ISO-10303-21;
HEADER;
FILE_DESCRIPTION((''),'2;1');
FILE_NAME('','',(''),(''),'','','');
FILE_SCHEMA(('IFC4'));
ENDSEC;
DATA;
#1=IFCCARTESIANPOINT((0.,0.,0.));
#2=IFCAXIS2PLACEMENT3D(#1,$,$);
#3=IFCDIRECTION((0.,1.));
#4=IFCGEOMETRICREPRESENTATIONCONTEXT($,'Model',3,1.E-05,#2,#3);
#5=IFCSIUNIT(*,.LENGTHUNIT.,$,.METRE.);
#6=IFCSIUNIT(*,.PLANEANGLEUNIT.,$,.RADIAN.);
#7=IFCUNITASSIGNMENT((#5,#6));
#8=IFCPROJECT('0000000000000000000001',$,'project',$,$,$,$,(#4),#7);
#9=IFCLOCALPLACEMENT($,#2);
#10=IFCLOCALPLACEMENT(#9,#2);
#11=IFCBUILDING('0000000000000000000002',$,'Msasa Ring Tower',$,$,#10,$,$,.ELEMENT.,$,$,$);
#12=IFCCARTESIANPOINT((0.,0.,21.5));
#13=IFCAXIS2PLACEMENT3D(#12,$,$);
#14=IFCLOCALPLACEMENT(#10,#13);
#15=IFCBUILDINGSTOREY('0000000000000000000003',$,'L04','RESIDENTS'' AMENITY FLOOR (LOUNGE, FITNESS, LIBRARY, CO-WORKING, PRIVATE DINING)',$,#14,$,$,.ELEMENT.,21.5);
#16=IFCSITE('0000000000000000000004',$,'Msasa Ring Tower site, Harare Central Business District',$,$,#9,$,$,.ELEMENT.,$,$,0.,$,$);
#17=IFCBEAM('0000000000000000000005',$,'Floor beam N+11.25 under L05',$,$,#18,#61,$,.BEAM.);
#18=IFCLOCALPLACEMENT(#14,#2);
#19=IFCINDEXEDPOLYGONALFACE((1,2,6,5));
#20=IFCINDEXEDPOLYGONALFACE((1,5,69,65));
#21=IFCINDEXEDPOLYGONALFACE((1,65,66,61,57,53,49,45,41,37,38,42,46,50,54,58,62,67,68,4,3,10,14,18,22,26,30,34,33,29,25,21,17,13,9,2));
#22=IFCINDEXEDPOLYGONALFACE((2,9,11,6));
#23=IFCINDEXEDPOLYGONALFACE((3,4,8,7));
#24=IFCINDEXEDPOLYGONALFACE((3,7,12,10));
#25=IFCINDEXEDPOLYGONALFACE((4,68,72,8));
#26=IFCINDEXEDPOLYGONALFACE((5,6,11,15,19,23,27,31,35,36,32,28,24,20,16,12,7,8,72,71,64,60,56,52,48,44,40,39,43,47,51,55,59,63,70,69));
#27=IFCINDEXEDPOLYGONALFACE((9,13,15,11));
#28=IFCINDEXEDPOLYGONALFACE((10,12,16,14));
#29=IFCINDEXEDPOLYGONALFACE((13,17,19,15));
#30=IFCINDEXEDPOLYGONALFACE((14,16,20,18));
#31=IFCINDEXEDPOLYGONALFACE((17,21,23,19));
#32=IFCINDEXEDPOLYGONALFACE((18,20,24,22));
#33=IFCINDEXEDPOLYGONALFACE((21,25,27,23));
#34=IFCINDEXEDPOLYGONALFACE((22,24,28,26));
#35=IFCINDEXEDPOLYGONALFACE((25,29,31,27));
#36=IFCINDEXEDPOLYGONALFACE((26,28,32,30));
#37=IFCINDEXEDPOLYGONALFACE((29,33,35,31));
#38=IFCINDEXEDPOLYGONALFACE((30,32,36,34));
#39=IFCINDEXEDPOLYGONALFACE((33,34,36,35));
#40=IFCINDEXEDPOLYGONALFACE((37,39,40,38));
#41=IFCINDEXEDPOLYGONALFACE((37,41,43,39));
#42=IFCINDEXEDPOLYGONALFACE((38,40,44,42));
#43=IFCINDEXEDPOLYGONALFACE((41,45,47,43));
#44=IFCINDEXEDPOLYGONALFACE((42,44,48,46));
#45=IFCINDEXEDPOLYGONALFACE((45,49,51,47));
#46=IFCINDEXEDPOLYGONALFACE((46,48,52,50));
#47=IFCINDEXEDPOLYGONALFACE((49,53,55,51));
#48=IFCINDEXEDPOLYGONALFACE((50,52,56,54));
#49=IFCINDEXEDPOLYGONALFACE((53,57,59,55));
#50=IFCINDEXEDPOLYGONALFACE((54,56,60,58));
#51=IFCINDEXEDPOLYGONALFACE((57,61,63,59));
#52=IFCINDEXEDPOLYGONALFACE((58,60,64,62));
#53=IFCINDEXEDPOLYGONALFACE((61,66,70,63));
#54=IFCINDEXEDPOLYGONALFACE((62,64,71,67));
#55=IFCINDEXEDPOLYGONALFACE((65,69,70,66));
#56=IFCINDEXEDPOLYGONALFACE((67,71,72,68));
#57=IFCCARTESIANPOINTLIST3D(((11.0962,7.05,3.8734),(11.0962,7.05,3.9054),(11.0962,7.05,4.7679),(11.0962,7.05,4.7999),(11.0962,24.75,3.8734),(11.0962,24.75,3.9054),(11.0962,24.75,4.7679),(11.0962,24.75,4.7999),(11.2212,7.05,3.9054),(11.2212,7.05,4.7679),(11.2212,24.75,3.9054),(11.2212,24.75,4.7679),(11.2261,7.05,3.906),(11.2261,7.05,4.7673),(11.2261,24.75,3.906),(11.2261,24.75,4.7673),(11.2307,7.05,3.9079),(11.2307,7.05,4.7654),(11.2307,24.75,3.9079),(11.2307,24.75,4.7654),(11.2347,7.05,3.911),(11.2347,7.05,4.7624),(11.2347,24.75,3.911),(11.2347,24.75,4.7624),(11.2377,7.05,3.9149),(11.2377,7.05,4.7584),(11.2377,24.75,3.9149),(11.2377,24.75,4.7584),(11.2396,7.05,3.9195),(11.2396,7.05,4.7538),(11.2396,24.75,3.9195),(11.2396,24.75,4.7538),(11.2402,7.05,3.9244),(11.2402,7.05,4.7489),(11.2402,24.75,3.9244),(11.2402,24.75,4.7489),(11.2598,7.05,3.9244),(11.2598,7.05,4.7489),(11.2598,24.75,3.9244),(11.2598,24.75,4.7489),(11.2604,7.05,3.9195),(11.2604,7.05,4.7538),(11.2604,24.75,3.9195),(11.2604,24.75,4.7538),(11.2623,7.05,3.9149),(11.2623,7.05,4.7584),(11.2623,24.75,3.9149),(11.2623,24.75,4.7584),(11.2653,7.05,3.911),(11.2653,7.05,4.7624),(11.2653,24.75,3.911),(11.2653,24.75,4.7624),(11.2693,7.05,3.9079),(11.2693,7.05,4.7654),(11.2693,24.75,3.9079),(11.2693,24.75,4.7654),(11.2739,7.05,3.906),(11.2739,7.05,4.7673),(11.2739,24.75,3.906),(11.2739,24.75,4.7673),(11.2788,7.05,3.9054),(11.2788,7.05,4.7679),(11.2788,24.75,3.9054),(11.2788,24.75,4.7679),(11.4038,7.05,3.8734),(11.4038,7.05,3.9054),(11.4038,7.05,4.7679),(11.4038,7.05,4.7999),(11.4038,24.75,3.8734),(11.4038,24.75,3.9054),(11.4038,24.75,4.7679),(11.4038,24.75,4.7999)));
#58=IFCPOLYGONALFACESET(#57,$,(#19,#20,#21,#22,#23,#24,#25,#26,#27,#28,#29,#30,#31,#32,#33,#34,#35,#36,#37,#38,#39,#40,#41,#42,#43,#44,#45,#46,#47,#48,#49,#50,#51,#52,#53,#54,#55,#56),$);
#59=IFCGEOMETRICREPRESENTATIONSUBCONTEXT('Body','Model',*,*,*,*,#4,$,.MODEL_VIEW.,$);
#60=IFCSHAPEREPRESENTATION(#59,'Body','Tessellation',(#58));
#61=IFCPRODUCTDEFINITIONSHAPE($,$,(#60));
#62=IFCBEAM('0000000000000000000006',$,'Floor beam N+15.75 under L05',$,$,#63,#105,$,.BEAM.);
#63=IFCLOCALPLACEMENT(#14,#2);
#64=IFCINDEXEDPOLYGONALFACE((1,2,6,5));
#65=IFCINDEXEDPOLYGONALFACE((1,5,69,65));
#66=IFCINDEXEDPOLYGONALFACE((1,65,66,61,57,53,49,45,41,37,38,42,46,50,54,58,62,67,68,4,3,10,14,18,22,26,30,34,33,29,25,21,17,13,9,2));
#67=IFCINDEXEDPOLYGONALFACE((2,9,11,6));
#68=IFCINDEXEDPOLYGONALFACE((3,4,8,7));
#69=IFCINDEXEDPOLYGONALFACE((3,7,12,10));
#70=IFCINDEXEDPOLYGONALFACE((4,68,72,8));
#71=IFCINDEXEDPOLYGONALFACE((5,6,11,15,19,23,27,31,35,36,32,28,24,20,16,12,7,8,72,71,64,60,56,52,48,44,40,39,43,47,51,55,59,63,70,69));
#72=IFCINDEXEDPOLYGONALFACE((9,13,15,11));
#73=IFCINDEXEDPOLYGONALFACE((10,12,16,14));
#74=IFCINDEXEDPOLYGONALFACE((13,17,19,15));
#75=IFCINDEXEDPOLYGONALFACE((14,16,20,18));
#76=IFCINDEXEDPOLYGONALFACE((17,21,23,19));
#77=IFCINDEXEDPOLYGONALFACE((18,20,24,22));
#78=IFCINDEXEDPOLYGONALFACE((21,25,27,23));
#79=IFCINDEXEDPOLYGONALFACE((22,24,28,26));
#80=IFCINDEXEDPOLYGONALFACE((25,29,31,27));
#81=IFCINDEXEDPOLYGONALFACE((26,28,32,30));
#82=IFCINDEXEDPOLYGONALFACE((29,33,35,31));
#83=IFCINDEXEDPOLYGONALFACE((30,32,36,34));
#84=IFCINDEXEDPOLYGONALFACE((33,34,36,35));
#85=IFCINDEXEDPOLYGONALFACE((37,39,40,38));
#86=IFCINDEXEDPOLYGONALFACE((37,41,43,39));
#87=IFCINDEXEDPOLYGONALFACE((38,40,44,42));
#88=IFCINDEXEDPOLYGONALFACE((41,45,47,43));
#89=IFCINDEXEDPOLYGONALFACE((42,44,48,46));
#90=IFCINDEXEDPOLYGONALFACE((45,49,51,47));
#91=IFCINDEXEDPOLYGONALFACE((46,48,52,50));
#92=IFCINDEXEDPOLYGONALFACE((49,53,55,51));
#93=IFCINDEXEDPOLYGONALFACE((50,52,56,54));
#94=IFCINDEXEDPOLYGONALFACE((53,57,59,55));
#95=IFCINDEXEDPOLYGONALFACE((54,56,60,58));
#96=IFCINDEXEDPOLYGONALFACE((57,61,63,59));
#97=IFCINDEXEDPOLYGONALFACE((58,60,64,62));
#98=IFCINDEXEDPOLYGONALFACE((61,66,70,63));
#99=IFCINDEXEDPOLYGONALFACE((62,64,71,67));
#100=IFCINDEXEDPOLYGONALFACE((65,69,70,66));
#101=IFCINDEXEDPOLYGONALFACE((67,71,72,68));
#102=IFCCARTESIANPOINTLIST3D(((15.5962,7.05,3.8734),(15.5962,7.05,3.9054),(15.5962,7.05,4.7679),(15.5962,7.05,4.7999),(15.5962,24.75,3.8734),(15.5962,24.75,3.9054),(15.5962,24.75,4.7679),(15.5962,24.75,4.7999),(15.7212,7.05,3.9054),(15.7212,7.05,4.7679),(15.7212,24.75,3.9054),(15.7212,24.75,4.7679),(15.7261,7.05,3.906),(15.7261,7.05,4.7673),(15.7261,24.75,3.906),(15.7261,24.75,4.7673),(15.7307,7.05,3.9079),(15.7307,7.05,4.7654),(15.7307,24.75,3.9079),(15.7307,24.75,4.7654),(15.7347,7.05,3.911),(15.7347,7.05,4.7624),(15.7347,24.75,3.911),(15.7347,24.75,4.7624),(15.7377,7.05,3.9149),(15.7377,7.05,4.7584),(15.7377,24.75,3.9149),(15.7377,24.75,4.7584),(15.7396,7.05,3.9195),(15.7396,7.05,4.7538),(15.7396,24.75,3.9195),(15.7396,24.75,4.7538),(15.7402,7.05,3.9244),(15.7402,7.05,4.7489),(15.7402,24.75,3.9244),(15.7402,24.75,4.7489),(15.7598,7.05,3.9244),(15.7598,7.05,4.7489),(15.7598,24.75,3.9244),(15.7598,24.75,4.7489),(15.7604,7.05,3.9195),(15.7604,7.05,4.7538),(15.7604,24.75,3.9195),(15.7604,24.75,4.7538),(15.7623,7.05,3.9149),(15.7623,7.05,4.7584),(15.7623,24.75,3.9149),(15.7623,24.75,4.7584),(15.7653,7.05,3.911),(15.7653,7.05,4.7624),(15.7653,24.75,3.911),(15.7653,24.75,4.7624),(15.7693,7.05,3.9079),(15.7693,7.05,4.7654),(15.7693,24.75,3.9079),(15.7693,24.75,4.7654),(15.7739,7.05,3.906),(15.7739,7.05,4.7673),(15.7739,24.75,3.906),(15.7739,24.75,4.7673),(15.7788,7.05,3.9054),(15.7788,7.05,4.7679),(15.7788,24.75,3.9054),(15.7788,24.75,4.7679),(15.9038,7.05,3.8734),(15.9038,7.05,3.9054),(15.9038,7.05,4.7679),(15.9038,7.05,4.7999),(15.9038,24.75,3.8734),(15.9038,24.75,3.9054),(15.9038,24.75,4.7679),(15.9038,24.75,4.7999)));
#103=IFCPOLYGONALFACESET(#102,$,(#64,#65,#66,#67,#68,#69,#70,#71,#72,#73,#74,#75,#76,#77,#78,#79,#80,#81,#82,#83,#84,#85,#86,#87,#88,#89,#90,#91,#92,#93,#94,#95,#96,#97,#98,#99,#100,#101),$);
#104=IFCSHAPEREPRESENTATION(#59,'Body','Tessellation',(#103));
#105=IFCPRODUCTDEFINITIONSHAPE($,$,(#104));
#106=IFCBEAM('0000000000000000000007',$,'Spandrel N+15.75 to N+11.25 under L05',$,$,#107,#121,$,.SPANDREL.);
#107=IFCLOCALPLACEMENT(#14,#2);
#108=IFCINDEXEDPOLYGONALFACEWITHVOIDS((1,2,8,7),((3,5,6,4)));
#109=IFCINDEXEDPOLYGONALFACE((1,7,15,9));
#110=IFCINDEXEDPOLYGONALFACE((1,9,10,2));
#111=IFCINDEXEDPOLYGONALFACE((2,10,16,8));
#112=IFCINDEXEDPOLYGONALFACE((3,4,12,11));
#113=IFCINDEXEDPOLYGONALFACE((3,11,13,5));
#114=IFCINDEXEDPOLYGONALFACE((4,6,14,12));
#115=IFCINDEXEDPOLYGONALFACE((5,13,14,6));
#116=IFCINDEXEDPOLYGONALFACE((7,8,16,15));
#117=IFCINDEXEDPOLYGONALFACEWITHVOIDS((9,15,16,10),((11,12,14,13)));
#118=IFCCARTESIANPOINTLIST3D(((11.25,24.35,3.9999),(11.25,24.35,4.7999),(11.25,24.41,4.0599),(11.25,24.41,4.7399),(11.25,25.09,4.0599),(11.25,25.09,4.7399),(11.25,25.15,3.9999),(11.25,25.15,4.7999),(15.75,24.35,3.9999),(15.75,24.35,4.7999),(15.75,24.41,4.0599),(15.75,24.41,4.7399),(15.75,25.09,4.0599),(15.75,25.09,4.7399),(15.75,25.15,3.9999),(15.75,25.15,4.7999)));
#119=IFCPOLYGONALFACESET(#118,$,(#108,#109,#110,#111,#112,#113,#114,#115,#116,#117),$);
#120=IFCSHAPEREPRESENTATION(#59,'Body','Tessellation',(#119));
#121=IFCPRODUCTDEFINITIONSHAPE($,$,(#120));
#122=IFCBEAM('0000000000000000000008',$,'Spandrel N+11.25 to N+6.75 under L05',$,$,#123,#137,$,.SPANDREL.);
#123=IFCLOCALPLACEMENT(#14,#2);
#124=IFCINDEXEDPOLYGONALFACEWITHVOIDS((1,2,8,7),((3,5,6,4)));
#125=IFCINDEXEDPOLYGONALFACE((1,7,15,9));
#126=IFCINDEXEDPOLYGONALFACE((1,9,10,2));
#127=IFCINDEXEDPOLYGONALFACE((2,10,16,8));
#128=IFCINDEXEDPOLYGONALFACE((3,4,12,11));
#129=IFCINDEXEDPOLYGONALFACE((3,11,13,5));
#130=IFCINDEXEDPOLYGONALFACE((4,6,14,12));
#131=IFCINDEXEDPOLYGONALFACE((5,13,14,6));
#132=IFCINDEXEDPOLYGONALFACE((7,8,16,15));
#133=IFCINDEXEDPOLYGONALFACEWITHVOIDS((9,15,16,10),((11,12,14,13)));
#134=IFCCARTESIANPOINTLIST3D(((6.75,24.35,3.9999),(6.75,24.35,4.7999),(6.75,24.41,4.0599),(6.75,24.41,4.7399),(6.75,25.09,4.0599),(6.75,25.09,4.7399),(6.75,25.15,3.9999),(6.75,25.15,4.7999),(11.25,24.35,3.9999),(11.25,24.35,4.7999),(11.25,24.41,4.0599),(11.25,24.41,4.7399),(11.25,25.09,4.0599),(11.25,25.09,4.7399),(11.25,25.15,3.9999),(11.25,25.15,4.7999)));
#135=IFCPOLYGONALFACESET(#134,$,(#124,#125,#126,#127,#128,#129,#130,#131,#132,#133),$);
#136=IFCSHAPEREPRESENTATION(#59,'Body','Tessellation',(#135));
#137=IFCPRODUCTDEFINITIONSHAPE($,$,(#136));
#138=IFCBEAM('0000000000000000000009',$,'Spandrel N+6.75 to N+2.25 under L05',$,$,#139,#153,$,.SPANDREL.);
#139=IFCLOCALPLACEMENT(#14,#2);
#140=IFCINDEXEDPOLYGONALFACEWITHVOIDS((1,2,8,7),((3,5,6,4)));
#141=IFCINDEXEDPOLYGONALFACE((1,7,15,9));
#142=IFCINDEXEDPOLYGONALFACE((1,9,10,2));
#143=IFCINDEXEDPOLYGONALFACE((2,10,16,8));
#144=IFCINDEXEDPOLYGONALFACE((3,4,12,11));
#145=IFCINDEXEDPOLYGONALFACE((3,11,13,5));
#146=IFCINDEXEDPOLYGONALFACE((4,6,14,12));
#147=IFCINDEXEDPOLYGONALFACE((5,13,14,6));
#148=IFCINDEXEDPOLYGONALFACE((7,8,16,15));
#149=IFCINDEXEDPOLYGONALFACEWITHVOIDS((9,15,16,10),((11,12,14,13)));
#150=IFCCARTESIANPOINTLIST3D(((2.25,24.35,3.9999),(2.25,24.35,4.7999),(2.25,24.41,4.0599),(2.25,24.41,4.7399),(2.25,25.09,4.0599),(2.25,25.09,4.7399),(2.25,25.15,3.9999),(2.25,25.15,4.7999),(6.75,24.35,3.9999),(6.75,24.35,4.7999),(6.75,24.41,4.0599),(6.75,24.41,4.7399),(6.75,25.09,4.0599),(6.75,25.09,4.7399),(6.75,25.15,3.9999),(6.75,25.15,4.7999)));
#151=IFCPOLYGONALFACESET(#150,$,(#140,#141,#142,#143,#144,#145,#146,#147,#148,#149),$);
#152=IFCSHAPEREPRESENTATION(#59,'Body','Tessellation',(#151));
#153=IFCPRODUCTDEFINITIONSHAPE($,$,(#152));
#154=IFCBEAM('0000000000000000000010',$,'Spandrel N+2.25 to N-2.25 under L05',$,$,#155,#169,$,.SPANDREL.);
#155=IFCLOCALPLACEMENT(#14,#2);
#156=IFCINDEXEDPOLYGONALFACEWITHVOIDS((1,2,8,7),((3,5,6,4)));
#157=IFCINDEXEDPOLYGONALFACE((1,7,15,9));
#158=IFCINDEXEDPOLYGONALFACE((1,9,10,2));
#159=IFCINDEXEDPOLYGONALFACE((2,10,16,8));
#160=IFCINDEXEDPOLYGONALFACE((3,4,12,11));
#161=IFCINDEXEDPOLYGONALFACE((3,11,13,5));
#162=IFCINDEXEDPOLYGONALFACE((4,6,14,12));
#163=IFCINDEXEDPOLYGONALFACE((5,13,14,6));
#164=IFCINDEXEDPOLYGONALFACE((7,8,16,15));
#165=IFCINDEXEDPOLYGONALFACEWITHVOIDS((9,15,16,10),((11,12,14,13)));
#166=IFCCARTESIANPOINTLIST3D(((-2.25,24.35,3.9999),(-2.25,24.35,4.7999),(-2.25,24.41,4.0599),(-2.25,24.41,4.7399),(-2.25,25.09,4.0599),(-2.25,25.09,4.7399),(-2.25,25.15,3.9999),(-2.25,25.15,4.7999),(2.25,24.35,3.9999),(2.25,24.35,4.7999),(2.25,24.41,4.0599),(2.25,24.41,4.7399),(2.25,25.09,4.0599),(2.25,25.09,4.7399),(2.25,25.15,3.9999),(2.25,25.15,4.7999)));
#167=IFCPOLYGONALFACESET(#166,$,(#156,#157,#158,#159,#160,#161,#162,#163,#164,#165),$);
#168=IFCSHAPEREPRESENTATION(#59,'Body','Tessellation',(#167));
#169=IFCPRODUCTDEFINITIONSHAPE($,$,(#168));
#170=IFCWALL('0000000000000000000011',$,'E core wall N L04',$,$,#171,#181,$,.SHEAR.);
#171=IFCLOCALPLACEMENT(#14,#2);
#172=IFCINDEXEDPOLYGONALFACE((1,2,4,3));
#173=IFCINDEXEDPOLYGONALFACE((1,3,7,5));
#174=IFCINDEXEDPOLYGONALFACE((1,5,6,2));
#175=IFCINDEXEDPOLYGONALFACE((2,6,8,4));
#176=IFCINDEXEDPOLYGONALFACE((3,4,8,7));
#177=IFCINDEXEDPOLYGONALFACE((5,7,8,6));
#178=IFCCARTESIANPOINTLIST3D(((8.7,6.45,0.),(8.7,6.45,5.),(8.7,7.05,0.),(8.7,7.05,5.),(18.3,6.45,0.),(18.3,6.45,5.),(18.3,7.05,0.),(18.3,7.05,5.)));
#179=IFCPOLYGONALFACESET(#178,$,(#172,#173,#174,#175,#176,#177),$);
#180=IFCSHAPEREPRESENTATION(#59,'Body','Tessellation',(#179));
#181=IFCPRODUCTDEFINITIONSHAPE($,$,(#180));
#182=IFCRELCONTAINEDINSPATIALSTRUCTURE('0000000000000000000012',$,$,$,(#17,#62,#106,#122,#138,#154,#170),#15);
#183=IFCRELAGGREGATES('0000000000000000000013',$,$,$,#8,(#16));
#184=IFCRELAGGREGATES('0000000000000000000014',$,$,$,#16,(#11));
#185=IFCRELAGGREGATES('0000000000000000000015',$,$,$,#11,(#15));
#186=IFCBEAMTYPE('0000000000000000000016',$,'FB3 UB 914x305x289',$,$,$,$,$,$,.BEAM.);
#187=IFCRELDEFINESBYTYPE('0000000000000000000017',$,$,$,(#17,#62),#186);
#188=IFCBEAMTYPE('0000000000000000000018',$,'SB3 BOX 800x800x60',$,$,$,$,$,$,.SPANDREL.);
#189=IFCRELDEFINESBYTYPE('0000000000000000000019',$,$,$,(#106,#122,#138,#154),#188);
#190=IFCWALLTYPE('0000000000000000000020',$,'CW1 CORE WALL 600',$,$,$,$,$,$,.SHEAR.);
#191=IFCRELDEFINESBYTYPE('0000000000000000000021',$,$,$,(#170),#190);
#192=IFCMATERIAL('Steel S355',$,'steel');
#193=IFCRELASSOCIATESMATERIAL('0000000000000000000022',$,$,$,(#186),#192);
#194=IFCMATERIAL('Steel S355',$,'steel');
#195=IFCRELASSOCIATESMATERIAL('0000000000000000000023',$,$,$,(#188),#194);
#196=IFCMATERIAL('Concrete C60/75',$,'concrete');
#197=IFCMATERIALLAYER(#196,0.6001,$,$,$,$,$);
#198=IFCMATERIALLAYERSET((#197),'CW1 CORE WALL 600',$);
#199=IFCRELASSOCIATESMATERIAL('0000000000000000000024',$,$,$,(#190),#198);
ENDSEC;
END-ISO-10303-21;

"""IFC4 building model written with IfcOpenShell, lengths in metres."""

from ifc_helpers import new_model, si_unit, direction, frame, frame_2d, origin, origin_2d, place, context, subcontext, project, spatial, rectangle, hollow_rectangle, i_section, extrude, material, layer, layer_set, material_profile, profile_set, type_object, element, save


model = new_model("IFC4")

# Units and contexts
model_context = context("Model", 3, precision=1e-05, world=origin(), true_north=direction((0.0, 1.0)))
body_context = subcontext(model_context, "Body", "Model", "MODEL_VIEW")
ifc_project = project(units=[si_unit("LENGTHUNIT", "METRE"), si_unit("PLANEANGLEUNIT", "RADIAN")], contexts=[model_context])

# Site, building, storey
site_placement = place(None, origin())
site = spatial("IfcSite", under=ifc_project, at=site_placement, Name="Msasa Ring Tower site, Harare Central Business District", CompositionType="ELEMENT", RefElevation=0.0)
building_placement = place(site_placement, origin())
building = spatial("IfcBuilding", under=site, at=building_placement, Name="Msasa Ring Tower", CompositionType="ELEMENT")
storey_placement = place(building_placement, frame((0.0, 0.0, 21.5)))
storey = spatial("IfcBuildingStorey", under=building, at=storey_placement, Name="L04", Description="RESIDENTS' AMENITY FLOOR (LOUNGE, FITNESS, LIBRARY, CO-WORKING, PRIVATE DINING)", CompositionType="ELEMENT", Elevation=21.5)

# Beams
ifc_material_1 = material(Name="Steel S355", Category="steel")
ifc_material_profile_1 = material_profile(ifc_material_1, i_section(OverallWidth=0.3076, OverallDepth=0.9265, WebThickness=0.0195, FlangeThickness=0.032, FilletRadius=0.019, at=origin_2d()), Name="UB 914x305x289")
ifc_profile_set_1 = profile_set([ifc_material_profile_1], Name="Steel S355")
beam_type_1 = type_object("IfcBeamType", Name="FB3 UB 914x305x289", PredefinedType="BEAM", material=ifc_profile_set_1)
for number, where, z_axis, x_axis, name in (
    (1, (11.25, 24.75, 4.3367), (0.0, -1.0, 0.0), (1.0, 0.0, 0.0), "Floor beam N+11.25 under L05"),
    (2, (15.75, 24.75, 4.3367), (0.0, -1.0, 0.0), (1.0, 0.0, 0.0), "Floor beam N+15.75 under L05"),
):
    element("IfcBeam", number, at=place(storey_placement, frame(where, z_axis=z_axis, x_axis=x_axis)), inside=storey, type_object=beam_type_1, Name=name, PredefinedType="BEAM", context=body_context, shape_type="SweptSolid", body=[
        extrude(i_section(OverallWidth=0.3076, OverallDepth=0.9265, WebThickness=0.0195, FlangeThickness=0.032, FilletRadius=0.019, at=origin_2d()), origin(), (0.0, 0.0, 1.0), 17.7),
    ])
ifc_material_2 = material(Name="Steel S355", Category="steel")
ifc_material_profile_2 = material_profile(ifc_material_2, hollow_rectangle(XDim=0.8, YDim=0.8, WallThickness=0.0601, at=origin_2d()), Name="BOX 800x800x60")
ifc_profile_set_2 = profile_set([ifc_material_profile_2], Name="Steel S355")
beam_type_2 = type_object("IfcBeamType", Name="SB3 BOX 800x800x60", PredefinedType="SPANDREL", material=ifc_profile_set_2)
for number, where, z_axis, x_axis, name in (
    (3, (15.75, 24.75, 4.3999), (-1.0, 0.0, 0.0), (0.0, -1.0, 0.0), "Spandrel N+15.75 to N+11.25 under L05"),
    (4, (11.25, 24.75, 4.3999), (-1.0, 0.0, 0.0), (0.0, -1.0, 0.0), "Spandrel N+11.25 to N+6.75 under L05"),
    (5, (6.75, 24.75, 4.3999), (-1.0, 0.0, 0.0), (0.0, -1.0, 0.0), "Spandrel N+6.75 to N+2.25 under L05"),
    (6, (2.25, 24.75, 4.3999), (-1.0, 0.0, 0.0), (0.0, -1.0, 0.0), "Spandrel N+2.25 to N-2.25 under L05"),
):
    element("IfcBeam", number, at=place(storey_placement, frame(where, z_axis=z_axis, x_axis=x_axis)), inside=storey, type_object=beam_type_2, Name=name, PredefinedType="SPANDREL", context=body_context, shape_type="SweptSolid", body=[
        extrude(hollow_rectangle(XDim=0.8, YDim=0.8, WallThickness=0.0601, at=origin_2d()), origin(), (0.0, 0.0, 1.0), 4.5),
    ])

# Wall
ifc_material_3 = material(Name="Concrete C60/75", Category="concrete")
ifc_layer_1 = layer(ifc_material_3, 0.6001)
ifc_layer_set_1 = layer_set([ifc_layer_1], Name="CW1 CORE WALL 600")
wall_type_1 = type_object("IfcWallType", Name="CW1 CORE WALL 600", PredefinedType="SHEAR", material=ifc_layer_set_1)
wall_1_placement = place(storey_placement, frame((8.7, 6.75, 0.0), z_axis=(0.0, 0.0, 1.0), x_axis=(1.0, 0.0, 0.0)))
element("IfcWall", 7, at=wall_1_placement, inside=storey, type_object=wall_type_1, Name="E core wall N L04", PredefinedType="SHEAR", context=body_context, shape_type="SweptSolid", body=[
    extrude(rectangle(XDim=9.6001, YDim=0.6001, at=frame_2d((4.8, 0.0))), origin(), (0.0, 0.0, 1.0), 5.0),
])

save(model, "model.ifc")
